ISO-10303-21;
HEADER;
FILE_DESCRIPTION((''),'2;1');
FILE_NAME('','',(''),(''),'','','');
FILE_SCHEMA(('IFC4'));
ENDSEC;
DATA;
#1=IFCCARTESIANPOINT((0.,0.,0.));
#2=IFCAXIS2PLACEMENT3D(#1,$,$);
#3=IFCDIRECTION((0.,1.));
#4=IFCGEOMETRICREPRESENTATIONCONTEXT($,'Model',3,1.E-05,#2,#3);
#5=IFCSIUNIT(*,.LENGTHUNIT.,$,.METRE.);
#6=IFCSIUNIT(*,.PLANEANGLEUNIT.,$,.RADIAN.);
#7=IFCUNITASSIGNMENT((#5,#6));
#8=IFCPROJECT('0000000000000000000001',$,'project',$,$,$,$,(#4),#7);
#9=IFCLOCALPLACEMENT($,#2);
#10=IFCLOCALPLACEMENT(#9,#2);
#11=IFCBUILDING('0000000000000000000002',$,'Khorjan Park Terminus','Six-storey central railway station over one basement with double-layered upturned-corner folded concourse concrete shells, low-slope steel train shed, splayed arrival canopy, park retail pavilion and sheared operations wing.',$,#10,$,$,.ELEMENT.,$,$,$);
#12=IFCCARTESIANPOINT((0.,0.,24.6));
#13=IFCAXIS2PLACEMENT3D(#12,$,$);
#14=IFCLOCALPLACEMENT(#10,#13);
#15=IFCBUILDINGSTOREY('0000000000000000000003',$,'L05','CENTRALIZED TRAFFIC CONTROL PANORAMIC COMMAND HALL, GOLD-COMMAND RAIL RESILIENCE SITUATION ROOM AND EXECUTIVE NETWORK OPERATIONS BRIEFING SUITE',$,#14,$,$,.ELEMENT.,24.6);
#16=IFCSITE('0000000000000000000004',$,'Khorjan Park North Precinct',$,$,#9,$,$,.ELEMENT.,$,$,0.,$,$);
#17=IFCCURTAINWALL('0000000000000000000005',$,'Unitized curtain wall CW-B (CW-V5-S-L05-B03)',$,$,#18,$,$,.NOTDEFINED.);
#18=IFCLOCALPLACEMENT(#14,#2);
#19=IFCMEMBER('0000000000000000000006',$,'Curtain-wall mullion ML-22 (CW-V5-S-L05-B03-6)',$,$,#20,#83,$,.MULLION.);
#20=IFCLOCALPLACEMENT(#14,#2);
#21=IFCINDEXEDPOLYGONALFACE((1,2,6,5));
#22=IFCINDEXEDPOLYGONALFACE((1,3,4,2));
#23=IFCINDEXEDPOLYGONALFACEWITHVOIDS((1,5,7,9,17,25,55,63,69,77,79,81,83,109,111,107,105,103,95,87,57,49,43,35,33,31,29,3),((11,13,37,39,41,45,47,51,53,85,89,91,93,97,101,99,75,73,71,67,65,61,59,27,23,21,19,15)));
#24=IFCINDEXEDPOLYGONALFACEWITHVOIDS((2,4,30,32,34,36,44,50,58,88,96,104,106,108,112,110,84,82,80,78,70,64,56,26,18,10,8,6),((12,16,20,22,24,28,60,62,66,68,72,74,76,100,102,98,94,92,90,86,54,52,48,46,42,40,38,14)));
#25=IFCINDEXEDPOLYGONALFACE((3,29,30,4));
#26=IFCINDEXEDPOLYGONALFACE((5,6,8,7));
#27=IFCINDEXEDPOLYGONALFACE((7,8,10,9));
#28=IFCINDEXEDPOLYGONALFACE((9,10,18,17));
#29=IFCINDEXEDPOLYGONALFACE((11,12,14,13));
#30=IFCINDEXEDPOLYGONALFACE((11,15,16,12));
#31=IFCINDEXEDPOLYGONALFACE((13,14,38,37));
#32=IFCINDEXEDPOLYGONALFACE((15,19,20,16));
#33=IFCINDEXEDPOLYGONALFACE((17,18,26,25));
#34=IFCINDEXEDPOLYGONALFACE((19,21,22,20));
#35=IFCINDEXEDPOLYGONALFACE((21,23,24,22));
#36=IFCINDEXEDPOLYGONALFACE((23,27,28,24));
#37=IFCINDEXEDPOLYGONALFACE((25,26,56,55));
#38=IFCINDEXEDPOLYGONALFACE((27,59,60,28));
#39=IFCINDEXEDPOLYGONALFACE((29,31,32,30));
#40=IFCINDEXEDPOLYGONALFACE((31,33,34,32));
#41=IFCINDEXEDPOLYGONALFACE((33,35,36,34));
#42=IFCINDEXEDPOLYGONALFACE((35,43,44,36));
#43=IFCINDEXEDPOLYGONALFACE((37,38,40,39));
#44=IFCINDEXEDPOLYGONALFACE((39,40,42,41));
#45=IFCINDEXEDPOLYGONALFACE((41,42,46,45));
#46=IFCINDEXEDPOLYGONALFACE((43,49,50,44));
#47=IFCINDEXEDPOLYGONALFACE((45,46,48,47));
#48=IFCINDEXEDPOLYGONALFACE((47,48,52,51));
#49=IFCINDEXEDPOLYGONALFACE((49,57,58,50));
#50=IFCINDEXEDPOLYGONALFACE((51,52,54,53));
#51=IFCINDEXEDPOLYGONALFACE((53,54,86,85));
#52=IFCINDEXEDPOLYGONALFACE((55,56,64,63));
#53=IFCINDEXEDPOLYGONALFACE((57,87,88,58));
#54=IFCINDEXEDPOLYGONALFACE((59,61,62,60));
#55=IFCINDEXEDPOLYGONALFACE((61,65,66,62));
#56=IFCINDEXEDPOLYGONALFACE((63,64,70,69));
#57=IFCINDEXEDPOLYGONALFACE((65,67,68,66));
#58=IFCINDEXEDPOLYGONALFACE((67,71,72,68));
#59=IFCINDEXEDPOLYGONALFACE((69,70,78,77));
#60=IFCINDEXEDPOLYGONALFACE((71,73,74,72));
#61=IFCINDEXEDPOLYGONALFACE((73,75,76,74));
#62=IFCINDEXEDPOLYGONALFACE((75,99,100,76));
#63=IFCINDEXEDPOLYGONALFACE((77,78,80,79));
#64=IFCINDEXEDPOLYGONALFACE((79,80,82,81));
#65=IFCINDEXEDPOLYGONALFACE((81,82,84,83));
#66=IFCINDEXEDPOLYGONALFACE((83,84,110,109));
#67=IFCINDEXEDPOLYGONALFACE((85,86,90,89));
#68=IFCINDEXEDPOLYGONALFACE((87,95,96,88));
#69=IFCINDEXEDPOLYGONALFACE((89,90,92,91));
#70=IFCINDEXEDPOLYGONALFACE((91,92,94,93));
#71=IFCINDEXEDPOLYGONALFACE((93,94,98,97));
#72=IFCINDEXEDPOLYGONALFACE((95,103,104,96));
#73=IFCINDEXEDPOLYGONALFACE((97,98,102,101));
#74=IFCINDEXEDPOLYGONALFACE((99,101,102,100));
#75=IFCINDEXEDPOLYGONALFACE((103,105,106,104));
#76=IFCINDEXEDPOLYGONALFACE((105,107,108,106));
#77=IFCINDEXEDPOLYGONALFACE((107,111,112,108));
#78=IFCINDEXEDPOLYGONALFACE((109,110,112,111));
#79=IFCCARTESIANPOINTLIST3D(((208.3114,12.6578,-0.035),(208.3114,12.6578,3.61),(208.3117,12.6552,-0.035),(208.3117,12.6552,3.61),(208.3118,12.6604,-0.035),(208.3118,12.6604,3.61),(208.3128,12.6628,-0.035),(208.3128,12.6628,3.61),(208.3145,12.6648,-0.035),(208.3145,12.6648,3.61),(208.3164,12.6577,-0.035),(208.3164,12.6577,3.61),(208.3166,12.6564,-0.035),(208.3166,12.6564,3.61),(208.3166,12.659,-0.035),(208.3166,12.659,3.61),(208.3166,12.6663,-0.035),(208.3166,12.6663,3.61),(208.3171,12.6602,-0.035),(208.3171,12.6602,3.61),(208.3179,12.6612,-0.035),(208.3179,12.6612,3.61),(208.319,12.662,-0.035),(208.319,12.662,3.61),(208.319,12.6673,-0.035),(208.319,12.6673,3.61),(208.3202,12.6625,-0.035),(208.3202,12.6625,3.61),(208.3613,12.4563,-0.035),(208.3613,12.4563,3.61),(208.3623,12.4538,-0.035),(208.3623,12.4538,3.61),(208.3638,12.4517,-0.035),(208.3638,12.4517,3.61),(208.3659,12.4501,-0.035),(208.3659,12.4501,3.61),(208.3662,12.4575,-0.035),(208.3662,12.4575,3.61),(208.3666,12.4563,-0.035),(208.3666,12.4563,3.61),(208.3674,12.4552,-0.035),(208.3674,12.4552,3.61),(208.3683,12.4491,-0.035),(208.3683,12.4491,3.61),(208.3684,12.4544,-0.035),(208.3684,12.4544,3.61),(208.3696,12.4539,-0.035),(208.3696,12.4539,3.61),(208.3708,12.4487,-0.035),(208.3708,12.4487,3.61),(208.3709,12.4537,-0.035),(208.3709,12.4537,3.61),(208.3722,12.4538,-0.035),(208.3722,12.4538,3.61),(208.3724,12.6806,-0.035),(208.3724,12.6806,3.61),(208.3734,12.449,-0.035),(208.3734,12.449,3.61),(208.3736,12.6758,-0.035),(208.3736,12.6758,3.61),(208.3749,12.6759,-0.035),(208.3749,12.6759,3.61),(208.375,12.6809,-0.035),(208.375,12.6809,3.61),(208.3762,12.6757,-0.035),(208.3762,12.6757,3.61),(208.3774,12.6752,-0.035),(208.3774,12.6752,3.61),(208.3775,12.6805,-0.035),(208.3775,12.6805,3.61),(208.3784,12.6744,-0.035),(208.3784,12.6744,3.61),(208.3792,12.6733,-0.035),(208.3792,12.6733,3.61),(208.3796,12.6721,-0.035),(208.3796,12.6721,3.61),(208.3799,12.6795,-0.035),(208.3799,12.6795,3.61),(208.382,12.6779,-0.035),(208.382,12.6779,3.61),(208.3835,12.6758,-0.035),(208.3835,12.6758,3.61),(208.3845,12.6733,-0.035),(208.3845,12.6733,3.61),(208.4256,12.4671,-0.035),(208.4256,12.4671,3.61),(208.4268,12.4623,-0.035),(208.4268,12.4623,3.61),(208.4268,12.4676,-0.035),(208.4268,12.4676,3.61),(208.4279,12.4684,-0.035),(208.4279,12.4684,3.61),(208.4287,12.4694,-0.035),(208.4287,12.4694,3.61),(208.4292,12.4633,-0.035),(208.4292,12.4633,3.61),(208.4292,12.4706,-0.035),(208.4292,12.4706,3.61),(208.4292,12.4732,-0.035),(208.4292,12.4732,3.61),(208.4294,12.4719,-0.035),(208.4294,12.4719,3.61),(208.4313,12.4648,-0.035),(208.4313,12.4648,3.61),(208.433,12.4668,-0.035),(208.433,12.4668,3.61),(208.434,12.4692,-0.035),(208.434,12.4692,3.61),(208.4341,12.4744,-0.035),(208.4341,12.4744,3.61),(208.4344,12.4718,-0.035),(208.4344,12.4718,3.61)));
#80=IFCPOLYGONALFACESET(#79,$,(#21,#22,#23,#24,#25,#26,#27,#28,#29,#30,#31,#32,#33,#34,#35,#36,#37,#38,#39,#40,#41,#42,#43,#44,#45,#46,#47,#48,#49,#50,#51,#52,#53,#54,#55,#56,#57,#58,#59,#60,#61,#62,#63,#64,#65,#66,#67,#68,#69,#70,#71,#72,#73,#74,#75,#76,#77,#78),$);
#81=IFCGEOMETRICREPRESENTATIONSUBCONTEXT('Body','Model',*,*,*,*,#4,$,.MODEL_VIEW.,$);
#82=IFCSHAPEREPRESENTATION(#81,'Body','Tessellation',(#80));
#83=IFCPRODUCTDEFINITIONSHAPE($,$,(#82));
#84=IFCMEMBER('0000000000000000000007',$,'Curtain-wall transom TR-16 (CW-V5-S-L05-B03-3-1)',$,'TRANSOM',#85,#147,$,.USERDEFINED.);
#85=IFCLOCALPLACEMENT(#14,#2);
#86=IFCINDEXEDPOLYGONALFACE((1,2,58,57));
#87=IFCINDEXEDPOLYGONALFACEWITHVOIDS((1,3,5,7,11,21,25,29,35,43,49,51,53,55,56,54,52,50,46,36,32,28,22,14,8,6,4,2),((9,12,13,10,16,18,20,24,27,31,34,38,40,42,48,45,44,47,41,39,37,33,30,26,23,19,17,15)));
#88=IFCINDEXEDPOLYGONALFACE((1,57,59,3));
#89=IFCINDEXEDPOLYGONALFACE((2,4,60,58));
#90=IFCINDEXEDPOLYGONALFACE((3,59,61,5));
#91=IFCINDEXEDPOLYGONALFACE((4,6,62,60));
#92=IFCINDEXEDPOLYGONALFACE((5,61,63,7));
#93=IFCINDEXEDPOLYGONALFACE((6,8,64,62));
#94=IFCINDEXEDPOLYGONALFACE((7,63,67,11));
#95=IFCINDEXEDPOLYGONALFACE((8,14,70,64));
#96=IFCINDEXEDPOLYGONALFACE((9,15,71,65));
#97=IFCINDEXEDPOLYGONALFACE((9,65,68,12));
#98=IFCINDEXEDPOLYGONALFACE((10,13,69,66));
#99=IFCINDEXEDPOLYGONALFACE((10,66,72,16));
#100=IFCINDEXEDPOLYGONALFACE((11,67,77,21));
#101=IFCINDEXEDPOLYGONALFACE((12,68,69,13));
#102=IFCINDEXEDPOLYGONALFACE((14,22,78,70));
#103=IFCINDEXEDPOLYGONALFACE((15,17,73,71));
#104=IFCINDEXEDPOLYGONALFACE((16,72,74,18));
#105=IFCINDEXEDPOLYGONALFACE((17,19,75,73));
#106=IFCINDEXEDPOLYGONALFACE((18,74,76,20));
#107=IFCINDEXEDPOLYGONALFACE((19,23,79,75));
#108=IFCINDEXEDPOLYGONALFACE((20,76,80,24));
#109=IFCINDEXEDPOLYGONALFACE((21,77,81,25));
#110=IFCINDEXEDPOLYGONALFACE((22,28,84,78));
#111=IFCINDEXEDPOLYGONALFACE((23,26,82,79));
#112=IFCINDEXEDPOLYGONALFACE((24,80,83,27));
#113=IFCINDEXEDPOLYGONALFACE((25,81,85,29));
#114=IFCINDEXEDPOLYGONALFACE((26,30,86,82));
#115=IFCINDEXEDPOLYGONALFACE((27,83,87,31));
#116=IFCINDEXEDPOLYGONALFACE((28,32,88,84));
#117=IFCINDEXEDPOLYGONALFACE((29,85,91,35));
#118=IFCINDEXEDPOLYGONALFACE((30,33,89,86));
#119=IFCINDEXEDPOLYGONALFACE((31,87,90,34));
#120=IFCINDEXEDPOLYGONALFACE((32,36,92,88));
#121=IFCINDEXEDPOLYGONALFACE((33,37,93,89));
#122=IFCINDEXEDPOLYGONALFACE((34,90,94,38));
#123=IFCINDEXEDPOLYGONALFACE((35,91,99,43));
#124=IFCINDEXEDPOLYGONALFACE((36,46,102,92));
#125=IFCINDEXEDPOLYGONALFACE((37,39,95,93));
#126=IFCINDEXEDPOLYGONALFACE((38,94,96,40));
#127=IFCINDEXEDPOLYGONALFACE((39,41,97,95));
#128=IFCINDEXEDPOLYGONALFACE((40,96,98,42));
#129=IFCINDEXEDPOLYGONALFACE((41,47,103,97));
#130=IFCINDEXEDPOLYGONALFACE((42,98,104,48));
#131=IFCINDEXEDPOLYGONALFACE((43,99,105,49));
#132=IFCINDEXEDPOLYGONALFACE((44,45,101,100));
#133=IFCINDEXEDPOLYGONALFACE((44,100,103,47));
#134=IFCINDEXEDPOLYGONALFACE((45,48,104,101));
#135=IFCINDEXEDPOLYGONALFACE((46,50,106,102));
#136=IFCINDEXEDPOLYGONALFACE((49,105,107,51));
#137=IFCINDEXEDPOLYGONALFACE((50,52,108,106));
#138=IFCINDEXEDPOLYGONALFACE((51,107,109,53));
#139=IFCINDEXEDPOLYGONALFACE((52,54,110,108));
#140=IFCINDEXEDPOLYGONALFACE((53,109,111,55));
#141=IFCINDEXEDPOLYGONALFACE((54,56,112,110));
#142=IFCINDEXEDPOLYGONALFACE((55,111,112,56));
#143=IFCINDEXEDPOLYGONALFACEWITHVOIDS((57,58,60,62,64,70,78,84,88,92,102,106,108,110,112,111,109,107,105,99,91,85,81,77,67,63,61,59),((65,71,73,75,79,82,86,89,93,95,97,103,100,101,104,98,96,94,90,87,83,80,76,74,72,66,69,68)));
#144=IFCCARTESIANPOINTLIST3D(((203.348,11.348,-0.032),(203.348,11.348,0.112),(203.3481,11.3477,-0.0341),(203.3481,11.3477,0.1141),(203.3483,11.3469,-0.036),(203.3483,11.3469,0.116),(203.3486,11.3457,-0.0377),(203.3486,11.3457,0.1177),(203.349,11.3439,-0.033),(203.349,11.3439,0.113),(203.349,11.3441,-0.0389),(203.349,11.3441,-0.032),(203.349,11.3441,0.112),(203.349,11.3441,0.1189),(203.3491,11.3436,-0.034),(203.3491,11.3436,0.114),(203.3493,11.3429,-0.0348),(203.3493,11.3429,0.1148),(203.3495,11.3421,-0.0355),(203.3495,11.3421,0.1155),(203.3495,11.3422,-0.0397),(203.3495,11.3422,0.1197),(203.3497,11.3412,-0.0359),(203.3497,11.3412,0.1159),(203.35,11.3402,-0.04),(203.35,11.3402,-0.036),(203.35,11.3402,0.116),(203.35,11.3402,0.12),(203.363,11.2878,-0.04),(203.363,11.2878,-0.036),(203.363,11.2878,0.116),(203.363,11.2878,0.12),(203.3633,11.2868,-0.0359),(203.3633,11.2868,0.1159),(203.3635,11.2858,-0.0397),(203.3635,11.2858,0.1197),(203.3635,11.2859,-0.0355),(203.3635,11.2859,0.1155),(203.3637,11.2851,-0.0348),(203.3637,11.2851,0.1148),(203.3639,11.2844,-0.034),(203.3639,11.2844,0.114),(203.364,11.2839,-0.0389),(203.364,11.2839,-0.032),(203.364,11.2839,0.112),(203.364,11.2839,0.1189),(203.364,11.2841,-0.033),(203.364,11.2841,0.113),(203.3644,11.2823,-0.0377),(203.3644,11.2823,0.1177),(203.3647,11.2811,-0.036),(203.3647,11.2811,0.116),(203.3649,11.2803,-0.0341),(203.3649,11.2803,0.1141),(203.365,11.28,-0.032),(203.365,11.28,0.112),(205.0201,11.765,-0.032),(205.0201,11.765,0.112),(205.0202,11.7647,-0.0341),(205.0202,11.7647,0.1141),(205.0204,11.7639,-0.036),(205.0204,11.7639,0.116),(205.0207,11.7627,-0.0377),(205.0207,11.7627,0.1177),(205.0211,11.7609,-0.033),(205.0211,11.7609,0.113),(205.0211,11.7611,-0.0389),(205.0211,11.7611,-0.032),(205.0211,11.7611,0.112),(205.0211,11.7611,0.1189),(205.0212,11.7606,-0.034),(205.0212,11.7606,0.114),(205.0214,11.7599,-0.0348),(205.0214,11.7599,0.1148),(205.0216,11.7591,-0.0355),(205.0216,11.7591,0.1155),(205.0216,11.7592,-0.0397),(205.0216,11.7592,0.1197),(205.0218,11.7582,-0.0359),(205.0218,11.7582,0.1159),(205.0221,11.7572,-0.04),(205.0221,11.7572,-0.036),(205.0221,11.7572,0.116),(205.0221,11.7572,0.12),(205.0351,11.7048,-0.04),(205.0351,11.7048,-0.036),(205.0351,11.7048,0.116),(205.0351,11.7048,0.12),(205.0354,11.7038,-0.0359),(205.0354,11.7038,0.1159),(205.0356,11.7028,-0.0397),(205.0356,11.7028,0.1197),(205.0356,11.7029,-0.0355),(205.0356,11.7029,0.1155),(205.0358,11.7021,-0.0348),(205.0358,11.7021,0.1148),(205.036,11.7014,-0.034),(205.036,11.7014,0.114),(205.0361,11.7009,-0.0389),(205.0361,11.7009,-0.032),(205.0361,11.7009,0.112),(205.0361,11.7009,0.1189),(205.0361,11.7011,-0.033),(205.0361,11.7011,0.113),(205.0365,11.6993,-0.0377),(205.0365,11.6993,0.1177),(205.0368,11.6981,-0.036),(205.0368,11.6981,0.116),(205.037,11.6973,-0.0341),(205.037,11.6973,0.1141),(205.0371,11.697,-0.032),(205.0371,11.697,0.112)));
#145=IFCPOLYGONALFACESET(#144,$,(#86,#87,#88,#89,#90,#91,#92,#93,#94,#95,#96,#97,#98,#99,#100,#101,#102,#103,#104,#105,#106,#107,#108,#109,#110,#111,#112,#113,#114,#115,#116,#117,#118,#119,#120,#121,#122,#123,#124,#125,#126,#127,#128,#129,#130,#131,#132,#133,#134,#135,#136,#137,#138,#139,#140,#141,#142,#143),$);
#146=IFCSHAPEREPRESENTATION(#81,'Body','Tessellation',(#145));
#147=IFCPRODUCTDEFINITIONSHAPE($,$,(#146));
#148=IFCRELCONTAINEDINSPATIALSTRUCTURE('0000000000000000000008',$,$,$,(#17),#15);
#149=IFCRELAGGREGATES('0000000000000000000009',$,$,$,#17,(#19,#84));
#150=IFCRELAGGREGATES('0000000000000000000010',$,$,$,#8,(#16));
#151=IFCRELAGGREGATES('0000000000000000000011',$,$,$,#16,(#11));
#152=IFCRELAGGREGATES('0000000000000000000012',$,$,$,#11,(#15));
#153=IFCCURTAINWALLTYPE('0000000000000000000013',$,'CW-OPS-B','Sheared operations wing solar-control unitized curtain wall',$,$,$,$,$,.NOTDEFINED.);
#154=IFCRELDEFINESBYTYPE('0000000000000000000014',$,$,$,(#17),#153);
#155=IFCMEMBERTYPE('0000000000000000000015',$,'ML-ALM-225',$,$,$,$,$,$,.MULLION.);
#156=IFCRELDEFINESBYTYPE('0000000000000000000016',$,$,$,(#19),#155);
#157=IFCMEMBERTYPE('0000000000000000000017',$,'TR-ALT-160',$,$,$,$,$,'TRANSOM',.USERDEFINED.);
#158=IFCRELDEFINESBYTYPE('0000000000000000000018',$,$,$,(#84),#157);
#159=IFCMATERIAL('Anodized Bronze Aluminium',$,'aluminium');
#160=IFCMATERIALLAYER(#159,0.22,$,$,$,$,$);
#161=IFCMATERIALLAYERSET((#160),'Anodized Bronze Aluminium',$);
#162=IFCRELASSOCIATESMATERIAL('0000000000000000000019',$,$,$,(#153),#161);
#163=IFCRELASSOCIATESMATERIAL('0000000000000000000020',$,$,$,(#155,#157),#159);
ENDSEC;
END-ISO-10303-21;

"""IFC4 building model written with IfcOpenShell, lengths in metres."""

from ifc_helpers import new_model, si_unit, direction, frame, origin, origin_2d, place, context, subcontext, project, spatial, hollow_rectangle, extrude, material, layer, layer_set, material_profile, profile_set, type_object, element, aggregate, save


model = new_model("IFC4")

# Units and contexts
model_context = context("Model", 3, precision=1e-05, world=origin(), true_north=direction((0.0, 1.0)))
body_context = subcontext(model_context, "Body", "Model", "MODEL_VIEW")
ifc_project = project(units=[si_unit("LENGTHUNIT", "METRE"), si_unit("PLANEANGLEUNIT", "RADIAN")], contexts=[model_context])

# Site, building, storey
site_placement = place(None, origin())
site = spatial("IfcSite", under=ifc_project, at=site_placement, Name="Khorjan Park North Precinct", CompositionType="ELEMENT", RefElevation=0.0)
building_placement = place(site_placement, origin())
building = spatial("IfcBuilding", under=site, at=building_placement, Name="Khorjan Park Terminus", Description="Six-storey central railway station over one basement with double-layered upturned-corner folded concourse concrete shells, low-slope steel train shed, splayed arrival canopy, park retail pavilion and sheared operations wing.", CompositionType="ELEMENT")
storey_placement = place(building_placement, frame((0.0, 0.0, 24.6)))
storey = spatial("IfcBuildingStorey", under=building, at=storey_placement, Name="L05", Description="CENTRALIZED TRAFFIC CONTROL PANORAMIC COMMAND HALL, GOLD-COMMAND RAIL RESILIENCE SITUATION ROOM AND EXECUTIVE NETWORK OPERATIONS BRIEFING SUITE", CompositionType="ELEMENT", Elevation=24.6)

# Curtain wall, members
ifc_material_1 = material(Name="Anodized Bronze Aluminium", Category="aluminium")
ifc_layer_1 = layer(ifc_material_1, 0.22)
ifc_layer_set_1 = layer_set([ifc_layer_1], Name="Anodized Bronze Aluminium")
curtain_wall_type = type_object("IfcCurtainWallType", Name="CW-OPS-B", Description="Sheared operations wing solar-control unitized curtain wall", PredefinedType="NOTDEFINED", material=ifc_layer_set_1)
curtain_wall_placement = place(storey_placement, origin())
curtain_wall = element("IfcCurtainWall", 1, at=curtain_wall_placement, inside=storey, type_object=curtain_wall_type, Name="Unitized curtain wall CW-B (CW-V5-S-L05-B03)", PredefinedType="NOTDEFINED")
ifc_material_profile_1 = material_profile(ifc_material_1, hollow_rectangle(XDim=0.075, YDim=0.225, WallThickness=0.005, InnerFilletRadius=0.005, OuterFilletRadius=0.01, at=origin_2d()), Name="ALM 75x225x5")
ifc_profile_set_1 = profile_set([ifc_material_profile_1], Name="Anodized Bronze Aluminium")
member_type_1 = type_object("IfcMemberType", Name="ML-ALM-225", PredefinedType="MULLION", material=ifc_profile_set_1)
member_1_placement = place(storey_placement, frame((208.3729, 12.5648, -0.035), z_axis=(0.0, 0.0, 1.0), x_axis=(0.970295, 0.241926, 0.0)))
member_1 = element("IfcMember", 2, at=member_1_placement, type_object=member_type_1, Name="Curtain-wall mullion ML-22 (CW-V5-S-L05-B03-6)", PredefinedType="MULLION", context=body_context, shape_type="SweptSolid", body=[
    extrude(hollow_rectangle(XDim=0.075, YDim=0.225, WallThickness=0.005, InnerFilletRadius=0.005, OuterFilletRadius=0.01, at=origin_2d()), origin(), (0.0, 0.0, 1.0), 3.645),
])
ifc_material_profile_2 = material_profile(ifc_material_1, hollow_rectangle(XDim=0.07, YDim=0.16, WallThickness=0.004, InnerFilletRadius=0.004, OuterFilletRadius=0.008, at=origin_2d()), Name="ALT 70x160x4")
ifc_profile_set_2 = profile_set([ifc_material_profile_2], Name="Anodized Bronze Aluminium")
member_type_2 = type_object("IfcMemberType", Name="TR-ALT-160", ElementType="TRANSOM", PredefinedType="USERDEFINED", material=ifc_profile_set_2)
member_2_placement = place(storey_placement, frame((203.3565, 11.314, 0.04), z_axis=(0.970282, 0.241976, 0.0), x_axis=(-0.241976, 0.970282, 0.0)))
member_2 = element("IfcMember", 3, at=member_2_placement, type_object=member_type_2, Name="Curtain-wall transom TR-16 (CW-V5-S-L05-B03-3-1)", ObjectType="TRANSOM", PredefinedType="USERDEFINED", context=body_context, shape_type="SweptSolid", body=[
    extrude(hollow_rectangle(XDim=0.07, YDim=0.16, WallThickness=0.004, InnerFilletRadius=0.004, OuterFilletRadius=0.008, at=origin_2d()), origin(), (0.0, 0.0, 1.0), 1.7233),
])
aggregate(curtain_wall, [member_1, member_2])

save(model, "model.ifc")
